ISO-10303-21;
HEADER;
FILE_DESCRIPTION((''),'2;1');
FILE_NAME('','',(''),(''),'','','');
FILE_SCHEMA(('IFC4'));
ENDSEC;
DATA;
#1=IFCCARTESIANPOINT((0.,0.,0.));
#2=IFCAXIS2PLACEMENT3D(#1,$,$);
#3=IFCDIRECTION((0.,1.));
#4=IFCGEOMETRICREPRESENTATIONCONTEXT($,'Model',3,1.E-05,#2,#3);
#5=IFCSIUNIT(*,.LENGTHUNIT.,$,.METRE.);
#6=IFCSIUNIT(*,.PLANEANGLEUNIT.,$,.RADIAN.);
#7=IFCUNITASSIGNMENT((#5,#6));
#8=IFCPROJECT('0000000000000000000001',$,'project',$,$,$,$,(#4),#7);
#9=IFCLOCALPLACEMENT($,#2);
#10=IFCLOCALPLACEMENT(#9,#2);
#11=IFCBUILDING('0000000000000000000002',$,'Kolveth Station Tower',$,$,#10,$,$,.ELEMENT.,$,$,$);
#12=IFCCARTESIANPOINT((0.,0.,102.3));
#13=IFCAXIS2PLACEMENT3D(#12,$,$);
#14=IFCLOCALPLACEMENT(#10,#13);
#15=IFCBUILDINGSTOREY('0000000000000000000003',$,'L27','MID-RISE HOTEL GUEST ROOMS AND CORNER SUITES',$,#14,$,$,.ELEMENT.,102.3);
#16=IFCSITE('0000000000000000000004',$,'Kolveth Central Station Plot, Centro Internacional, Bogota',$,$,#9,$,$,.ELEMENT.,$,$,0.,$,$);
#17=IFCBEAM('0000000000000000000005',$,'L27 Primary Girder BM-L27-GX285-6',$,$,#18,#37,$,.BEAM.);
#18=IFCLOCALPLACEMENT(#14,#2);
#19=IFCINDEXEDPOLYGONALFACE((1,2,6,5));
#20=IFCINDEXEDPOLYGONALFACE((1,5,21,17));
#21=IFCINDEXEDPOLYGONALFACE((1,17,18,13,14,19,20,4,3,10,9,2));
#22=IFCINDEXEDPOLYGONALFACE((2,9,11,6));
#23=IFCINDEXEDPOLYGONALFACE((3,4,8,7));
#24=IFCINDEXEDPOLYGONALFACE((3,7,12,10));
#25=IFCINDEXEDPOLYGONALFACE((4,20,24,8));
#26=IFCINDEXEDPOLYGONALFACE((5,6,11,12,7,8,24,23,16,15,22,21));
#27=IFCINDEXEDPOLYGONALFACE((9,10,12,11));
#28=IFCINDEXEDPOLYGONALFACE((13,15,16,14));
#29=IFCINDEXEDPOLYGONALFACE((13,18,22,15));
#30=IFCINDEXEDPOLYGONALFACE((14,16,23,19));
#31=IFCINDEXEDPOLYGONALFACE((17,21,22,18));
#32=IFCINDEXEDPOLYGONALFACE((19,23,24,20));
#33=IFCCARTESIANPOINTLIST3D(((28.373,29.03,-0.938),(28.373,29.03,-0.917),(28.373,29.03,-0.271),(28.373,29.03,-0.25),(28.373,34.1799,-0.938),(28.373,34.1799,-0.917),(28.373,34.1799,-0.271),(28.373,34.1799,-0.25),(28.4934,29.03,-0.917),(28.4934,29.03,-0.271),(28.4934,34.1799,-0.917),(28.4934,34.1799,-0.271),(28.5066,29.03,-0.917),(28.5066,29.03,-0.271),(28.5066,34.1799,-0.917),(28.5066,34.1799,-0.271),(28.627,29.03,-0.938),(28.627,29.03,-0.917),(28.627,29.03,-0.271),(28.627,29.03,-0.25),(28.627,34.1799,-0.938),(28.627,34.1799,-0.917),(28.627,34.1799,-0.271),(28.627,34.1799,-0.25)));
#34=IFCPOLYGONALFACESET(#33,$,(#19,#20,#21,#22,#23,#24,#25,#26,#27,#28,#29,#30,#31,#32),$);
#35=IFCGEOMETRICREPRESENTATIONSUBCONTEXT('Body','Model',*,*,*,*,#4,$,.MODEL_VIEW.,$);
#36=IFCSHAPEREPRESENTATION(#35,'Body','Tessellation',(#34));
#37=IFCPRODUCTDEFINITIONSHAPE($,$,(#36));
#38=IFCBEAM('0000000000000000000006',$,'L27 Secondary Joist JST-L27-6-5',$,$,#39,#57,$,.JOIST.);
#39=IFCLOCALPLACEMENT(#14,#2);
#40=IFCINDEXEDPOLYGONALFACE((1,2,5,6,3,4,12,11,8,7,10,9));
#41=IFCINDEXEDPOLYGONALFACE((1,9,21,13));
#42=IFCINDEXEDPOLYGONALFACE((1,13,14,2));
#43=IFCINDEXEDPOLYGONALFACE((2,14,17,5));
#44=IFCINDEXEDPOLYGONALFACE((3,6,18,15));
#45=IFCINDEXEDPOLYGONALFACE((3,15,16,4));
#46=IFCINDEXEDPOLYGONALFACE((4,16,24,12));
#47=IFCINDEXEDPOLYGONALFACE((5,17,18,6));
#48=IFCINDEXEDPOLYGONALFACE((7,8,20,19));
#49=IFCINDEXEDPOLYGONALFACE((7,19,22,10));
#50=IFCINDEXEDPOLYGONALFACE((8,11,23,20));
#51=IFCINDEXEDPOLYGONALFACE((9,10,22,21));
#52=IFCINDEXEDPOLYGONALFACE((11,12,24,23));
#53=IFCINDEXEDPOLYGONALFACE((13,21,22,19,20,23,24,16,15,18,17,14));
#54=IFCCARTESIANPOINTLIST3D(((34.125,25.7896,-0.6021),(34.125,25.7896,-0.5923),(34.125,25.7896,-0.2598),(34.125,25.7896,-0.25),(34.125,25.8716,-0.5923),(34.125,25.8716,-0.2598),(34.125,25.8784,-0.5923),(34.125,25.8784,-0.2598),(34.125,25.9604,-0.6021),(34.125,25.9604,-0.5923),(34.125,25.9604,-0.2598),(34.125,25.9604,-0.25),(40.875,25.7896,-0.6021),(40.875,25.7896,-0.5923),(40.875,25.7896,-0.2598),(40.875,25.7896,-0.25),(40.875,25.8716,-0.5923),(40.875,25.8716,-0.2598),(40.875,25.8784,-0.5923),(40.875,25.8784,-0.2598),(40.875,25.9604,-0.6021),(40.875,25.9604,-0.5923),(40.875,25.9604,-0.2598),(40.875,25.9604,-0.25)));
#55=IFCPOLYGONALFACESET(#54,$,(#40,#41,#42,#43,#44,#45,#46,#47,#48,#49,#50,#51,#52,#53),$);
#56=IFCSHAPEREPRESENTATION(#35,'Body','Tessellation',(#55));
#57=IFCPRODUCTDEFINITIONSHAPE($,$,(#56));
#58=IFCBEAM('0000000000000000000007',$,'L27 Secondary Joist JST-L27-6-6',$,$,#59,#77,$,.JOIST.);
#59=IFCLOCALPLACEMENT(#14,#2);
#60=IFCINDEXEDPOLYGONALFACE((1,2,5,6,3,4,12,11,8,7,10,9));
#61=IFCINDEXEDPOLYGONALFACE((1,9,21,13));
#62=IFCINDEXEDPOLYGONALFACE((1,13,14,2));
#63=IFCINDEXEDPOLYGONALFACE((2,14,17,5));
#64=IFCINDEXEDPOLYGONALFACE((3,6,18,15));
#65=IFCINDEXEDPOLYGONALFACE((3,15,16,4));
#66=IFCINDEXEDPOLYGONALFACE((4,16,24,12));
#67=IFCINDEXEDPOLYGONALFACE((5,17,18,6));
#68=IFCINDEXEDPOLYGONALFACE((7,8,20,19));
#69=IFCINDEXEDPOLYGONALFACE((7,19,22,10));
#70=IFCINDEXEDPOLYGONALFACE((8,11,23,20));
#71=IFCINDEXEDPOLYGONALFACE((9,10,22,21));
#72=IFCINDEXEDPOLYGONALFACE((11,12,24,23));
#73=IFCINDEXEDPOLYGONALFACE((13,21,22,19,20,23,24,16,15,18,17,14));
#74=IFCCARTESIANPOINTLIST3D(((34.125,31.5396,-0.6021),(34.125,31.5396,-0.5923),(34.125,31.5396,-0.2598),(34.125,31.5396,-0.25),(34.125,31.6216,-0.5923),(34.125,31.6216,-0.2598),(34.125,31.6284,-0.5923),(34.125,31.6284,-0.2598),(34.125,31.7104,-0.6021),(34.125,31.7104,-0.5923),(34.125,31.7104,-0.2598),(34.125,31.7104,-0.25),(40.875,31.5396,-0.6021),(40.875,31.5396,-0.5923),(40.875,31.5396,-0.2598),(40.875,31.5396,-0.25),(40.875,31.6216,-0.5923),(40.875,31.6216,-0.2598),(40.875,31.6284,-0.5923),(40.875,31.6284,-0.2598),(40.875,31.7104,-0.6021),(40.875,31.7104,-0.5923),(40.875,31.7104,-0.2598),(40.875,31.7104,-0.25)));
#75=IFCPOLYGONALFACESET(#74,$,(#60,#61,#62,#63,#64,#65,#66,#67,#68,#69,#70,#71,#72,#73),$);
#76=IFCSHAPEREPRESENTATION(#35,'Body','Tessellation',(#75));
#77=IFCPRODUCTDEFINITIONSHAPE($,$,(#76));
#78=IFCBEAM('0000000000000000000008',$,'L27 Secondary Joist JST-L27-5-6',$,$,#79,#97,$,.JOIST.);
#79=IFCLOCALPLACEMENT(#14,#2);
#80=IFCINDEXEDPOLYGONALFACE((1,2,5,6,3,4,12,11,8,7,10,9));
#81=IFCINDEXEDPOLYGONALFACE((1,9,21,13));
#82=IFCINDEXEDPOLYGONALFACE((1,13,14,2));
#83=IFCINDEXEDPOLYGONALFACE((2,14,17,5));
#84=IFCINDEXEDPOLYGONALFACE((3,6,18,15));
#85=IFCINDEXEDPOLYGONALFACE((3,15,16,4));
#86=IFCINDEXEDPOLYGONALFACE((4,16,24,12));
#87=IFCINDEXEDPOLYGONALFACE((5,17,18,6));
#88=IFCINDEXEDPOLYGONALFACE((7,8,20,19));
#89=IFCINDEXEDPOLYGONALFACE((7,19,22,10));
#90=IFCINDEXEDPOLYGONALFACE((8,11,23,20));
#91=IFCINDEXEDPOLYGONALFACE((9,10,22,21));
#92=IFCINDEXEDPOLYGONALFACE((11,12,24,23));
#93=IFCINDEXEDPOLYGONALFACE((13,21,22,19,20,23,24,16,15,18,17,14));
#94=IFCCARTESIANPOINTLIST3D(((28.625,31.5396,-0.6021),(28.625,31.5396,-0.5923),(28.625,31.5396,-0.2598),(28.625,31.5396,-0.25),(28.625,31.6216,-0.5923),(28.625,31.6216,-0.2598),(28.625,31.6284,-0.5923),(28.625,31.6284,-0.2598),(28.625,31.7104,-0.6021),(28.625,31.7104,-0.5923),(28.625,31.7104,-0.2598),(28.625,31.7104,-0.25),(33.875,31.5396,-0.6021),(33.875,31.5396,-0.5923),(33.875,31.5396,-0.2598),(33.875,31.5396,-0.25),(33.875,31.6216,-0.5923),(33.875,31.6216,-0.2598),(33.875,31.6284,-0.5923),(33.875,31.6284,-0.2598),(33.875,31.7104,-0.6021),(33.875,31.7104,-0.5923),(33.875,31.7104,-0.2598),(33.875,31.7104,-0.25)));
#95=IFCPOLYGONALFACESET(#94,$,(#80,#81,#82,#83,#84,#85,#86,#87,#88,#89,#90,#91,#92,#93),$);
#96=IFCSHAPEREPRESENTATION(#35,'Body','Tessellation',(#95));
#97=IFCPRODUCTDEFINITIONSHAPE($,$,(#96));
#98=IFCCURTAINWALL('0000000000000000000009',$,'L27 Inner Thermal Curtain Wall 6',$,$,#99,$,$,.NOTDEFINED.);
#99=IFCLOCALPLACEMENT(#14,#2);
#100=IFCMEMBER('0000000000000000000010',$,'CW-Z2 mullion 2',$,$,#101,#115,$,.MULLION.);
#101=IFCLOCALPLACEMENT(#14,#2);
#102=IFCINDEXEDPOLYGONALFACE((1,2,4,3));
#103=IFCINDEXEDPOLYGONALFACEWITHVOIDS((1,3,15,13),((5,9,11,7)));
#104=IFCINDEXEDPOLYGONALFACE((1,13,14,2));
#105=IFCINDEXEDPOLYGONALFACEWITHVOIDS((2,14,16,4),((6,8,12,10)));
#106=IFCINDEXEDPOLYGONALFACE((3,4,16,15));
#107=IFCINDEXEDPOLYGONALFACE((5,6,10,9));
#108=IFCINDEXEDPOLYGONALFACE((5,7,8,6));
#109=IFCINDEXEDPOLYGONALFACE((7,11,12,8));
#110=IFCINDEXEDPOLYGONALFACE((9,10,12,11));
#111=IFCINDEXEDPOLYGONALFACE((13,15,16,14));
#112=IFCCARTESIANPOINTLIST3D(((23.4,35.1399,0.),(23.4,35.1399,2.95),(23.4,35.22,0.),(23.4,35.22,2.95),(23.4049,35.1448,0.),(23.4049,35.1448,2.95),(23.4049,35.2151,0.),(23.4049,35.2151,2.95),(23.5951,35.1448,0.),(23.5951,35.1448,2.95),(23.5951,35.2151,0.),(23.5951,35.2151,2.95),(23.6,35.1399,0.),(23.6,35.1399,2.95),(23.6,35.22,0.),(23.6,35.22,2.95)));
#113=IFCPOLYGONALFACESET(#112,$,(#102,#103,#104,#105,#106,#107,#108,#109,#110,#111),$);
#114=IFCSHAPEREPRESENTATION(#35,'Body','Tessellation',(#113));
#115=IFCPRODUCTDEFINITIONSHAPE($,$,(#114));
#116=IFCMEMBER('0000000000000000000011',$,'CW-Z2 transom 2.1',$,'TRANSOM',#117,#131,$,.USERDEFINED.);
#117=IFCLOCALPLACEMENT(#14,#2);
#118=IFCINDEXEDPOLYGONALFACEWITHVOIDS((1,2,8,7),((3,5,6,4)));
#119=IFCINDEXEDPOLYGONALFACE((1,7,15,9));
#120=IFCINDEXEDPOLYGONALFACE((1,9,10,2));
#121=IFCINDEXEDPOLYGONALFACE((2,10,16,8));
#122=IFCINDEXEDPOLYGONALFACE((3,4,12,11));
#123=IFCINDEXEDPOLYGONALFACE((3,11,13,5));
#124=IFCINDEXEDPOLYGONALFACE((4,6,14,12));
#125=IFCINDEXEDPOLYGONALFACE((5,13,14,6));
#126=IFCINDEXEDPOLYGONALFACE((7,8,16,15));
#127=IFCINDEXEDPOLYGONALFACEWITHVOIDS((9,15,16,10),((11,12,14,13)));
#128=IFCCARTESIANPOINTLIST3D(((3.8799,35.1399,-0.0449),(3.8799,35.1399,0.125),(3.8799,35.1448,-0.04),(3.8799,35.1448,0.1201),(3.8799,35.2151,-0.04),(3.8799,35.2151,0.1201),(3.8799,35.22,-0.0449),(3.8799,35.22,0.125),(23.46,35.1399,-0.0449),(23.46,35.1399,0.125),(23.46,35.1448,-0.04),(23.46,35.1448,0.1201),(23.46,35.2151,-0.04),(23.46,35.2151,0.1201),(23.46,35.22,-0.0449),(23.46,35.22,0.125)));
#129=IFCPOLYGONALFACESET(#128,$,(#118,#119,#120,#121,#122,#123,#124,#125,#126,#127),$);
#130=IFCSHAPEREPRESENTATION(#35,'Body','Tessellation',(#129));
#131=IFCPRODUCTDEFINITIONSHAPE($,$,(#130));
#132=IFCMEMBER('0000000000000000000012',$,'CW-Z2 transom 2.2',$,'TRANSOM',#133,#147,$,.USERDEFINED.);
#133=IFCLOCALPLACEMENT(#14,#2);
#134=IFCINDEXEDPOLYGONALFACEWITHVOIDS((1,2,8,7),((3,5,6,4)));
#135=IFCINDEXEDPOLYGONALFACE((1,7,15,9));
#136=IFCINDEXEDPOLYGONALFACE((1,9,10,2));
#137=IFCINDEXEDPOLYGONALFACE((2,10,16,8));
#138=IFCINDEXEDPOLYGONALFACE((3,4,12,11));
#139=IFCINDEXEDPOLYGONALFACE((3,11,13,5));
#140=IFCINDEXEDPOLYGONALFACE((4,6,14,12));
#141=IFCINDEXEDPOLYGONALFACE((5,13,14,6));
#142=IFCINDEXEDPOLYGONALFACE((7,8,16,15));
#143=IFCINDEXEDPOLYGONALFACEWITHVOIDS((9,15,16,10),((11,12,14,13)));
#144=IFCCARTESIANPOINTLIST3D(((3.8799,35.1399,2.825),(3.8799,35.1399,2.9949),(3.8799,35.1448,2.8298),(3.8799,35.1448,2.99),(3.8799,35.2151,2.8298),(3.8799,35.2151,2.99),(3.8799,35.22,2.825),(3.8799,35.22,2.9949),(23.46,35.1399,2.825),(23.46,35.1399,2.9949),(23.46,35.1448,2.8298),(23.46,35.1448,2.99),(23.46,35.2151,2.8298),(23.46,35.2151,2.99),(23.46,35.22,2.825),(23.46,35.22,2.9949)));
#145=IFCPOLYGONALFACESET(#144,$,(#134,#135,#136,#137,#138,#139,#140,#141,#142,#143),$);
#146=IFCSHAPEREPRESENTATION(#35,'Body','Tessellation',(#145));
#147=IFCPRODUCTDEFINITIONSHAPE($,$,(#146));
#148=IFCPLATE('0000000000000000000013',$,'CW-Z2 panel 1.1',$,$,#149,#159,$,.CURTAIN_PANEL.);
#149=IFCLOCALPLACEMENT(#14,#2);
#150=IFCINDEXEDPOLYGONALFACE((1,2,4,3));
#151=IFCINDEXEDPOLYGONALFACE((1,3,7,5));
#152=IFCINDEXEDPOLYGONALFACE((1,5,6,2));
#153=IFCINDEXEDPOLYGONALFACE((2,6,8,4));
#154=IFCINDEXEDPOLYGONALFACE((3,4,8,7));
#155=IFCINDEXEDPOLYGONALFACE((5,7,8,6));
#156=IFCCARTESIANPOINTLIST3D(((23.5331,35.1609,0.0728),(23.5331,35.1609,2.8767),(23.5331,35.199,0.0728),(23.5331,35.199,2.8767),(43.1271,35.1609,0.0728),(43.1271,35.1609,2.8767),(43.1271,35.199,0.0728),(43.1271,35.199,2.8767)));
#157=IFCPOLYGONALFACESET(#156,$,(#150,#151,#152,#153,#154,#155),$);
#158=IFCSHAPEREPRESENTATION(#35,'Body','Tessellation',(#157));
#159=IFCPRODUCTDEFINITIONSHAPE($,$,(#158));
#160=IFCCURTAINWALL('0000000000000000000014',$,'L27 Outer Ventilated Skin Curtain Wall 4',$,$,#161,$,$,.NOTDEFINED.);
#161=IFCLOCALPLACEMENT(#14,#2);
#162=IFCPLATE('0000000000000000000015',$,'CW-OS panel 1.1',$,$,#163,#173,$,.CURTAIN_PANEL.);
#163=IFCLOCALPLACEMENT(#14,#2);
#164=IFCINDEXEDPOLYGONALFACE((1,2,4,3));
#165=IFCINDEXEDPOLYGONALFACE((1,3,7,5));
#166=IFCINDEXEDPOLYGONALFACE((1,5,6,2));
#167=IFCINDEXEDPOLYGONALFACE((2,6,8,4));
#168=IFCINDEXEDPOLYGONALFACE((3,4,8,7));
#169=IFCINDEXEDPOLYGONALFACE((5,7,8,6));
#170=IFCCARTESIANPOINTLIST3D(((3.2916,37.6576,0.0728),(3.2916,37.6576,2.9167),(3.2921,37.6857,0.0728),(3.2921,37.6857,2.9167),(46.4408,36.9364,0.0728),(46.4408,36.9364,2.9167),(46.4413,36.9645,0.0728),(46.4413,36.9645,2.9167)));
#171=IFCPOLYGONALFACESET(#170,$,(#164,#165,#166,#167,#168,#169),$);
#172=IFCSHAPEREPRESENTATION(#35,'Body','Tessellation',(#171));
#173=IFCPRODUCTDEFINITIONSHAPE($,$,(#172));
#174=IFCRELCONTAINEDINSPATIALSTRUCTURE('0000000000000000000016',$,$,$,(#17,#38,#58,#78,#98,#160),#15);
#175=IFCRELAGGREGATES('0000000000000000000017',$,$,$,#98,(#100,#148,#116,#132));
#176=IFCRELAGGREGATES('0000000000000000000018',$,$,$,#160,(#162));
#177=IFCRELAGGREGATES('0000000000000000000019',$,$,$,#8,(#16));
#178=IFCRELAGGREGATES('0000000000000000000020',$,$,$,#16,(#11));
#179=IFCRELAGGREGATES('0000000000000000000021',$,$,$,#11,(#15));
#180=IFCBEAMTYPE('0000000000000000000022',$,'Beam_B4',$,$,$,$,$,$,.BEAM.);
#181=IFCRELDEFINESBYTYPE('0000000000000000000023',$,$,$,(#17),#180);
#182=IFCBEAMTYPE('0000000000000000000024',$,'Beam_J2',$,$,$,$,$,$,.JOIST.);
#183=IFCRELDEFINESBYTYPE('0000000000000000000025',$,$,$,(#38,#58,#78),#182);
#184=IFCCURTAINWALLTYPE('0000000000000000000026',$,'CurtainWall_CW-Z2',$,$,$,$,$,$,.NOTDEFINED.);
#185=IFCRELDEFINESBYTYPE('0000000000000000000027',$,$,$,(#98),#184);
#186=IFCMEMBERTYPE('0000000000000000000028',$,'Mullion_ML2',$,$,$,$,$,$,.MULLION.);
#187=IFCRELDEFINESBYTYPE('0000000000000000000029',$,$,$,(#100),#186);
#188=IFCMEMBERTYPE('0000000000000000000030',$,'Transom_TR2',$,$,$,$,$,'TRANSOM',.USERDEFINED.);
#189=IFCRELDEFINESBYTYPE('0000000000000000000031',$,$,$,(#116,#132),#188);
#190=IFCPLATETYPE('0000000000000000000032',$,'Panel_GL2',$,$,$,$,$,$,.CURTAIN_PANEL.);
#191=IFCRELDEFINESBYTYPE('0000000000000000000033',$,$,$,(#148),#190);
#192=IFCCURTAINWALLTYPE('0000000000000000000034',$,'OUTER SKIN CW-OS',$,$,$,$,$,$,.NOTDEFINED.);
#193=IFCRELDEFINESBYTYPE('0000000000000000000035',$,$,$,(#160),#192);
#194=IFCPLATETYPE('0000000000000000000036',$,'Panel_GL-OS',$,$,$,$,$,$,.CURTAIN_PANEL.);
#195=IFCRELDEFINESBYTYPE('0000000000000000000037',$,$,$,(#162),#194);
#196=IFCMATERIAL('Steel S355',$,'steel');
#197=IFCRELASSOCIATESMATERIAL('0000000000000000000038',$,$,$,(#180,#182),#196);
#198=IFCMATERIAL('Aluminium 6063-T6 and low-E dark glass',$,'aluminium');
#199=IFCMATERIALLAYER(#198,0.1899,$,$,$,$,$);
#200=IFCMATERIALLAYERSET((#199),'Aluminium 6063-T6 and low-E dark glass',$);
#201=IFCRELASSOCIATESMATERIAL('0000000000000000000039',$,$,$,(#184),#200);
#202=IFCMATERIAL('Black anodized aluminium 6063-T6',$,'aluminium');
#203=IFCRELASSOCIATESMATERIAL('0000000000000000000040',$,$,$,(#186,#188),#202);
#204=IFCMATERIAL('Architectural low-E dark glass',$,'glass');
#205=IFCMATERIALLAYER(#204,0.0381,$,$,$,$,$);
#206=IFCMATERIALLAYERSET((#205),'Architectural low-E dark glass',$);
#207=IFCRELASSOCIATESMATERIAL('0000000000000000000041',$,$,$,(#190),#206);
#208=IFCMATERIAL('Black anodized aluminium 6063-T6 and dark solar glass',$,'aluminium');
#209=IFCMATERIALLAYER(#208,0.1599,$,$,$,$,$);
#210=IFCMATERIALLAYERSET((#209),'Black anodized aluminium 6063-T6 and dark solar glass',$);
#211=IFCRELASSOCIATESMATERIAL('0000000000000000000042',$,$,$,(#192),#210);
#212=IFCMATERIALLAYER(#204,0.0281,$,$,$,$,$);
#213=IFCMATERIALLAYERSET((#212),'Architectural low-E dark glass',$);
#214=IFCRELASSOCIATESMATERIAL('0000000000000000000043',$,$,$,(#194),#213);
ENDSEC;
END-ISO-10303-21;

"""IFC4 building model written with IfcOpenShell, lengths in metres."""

from ifc_helpers import new_model, si_unit, direction, frame, origin, origin_2d, place, context, subcontext, project, spatial, rectangle, hollow_rectangle, i_section, extrude, source, transform, mapped, material, layer, layer_set, material_profile, profile_set, type_object, element, aggregate, save


model = new_model("IFC4")

# Units and contexts
model_context = context("Model", 3, precision=1e-05, world=origin(), true_north=direction((0.0, 1.0)))
body_context = subcontext(model_context, "Body", "Model", "MODEL_VIEW")
ifc_project = project(units=[si_unit("LENGTHUNIT", "METRE"), si_unit("PLANEANGLEUNIT", "RADIAN")], contexts=[model_context])

# Site, building, storey
site_placement = place(None, origin())
site = spatial("IfcSite", under=ifc_project, at=site_placement, Name="Kolveth Central Station Plot, Centro Internacional, Bogota", CompositionType="ELEMENT", RefElevation=0.0)
building_placement = place(site_placement, origin())
building = spatial("IfcBuilding", under=site, at=building_placement, Name="Kolveth Station Tower", CompositionType="ELEMENT")
storey_placement = place(building_placement, frame((0.0, 0.0, 102.3)))
storey = spatial("IfcBuildingStorey", under=building, at=storey_placement, Name="L27", Description="MID-RISE HOTEL GUEST ROOMS AND CORNER SUITES", CompositionType="ELEMENT", Elevation=102.3)

# Shared definitions
ifc_material_1 = material(Name="Steel S355", Category="steel")

# Beams
ifc_material_profile_1 = material_profile(ifc_material_1, i_section(OverallWidth=0.2539, OverallDepth=0.688, WebThickness=0.0132, FlangeThickness=0.021, at=origin_2d()), Name="W690x152")
ifc_profile_set_1 = profile_set([ifc_material_profile_1], Name="Steel S355")
beam_type_1 = type_object("IfcBeamType", Name="Beam_B4", PredefinedType="BEAM", material=ifc_profile_set_1)
shared_shape_1 = source(origin(), body_context, "Body", "SweptSolid", [
    extrude(i_section(OverallWidth=0.2539, OverallDepth=0.688, WebThickness=0.0132, FlangeThickness=0.021, at=origin_2d()), origin(), (0.0, 0.0, 1.0), 5.1499),
])
beam_1_placement = place(storey_placement, frame((28.5, 29.03, -0.594), z_axis=(0.0, 1.0, 0.0), x_axis=(-1.0, 0.0, 0.0)))
element("IfcBeam", 1, at=beam_1_placement, inside=storey, type_object=beam_type_1, Name="L27 Primary Girder BM-L27-GX285-6", PredefinedType="BEAM", context=body_context, shape_type="MappedRepresentation", body=[
    mapped(shared_shape_1, transform((0.0, 0.0, 0.0), x_axis=(1.0, 0.0, 0.0), y_axis=(0.0, 1.0, 0.0), z_axis=(0.0, 0.0, 1.0), scale=1.0)),
])
ifc_material_profile_2 = material_profile(ifc_material_1, i_section(OverallWidth=0.1709, OverallDepth=0.3521, WebThickness=0.0068, FlangeThickness=0.0098, at=origin_2d()), Name="W360x44")
ifc_profile_set_2 = profile_set([ifc_material_profile_2], Name="Steel S355")
beam_type_2 = type_object("IfcBeamType", Name="Beam_J2", PredefinedType="JOIST", material=ifc_profile_set_2)
shared_shape_2 = source(origin(), body_context, "Body", "SweptSolid", [
    extrude(i_section(OverallWidth=0.1709, OverallDepth=0.3521, WebThickness=0.0068, FlangeThickness=0.0098, at=origin_2d()), origin(), (0.0, 0.0, 1.0), 6.75),
])
for number, where, z_axis, x_axis, name in (
    (2, (34.125, 25.875, -0.426), (1.0, 0.0, 0.0), (0.0, 1.0, 0.0), "L27 Secondary Joist JST-L27-6-5"),
    (3, (34.125, 31.625, -0.426), (1.0, 0.0, 0.0), (0.0, 1.0, 0.0), "L27 Secondary Joist JST-L27-6-6"),
):
    element("IfcBeam", number, at=place(storey_placement, frame(where, z_axis=z_axis, x_axis=x_axis)), inside=storey, type_object=beam_type_2, Name=name, PredefinedType="JOIST", context=body_context, shape_type="MappedRepresentation", body=[
        mapped(shared_shape_2, transform((0.0, 0.0, 0.0), x_axis=(1.0, 0.0, 0.0), y_axis=(0.0, 1.0, 0.0), z_axis=(0.0, 0.0, 1.0), scale=1.0)),
    ])
shared_shape_3 = source(origin(), body_context, "Body", "SweptSolid", [
    extrude(i_section(OverallWidth=0.1709, OverallDepth=0.3521, WebThickness=0.0068, FlangeThickness=0.0098, at=origin_2d()), origin(), (0.0, 0.0, 1.0), 5.25),
])
beam_2_placement = place(storey_placement, frame((28.625, 31.625, -0.426), z_axis=(1.0, 0.0, 0.0), x_axis=(0.0, 1.0, 0.0)))
element("IfcBeam", 4, at=beam_2_placement, inside=storey, type_object=beam_type_2, Name="L27 Secondary Joist JST-L27-5-6", PredefinedType="JOIST", context=body_context, shape_type="MappedRepresentation", body=[
    mapped(shared_shape_3, transform((0.0, 0.0, 0.0), x_axis=(1.0, 0.0, 0.0), y_axis=(0.0, 1.0, 0.0), z_axis=(0.0, 0.0, 1.0), scale=1.0)),
])

# Curtain wall, members, plate
ifc_material_2 = material(Name="Aluminium 6063-T6 and low-E dark glass", Category="aluminium")
ifc_layer_1 = layer(ifc_material_2, 0.1899)
ifc_layer_set_1 = layer_set([ifc_layer_1], Name="Aluminium 6063-T6 and low-E dark glass")
curtain_wall_type_1 = type_object("IfcCurtainWallType", Name="CurtainWall_CW-Z2", PredefinedType="NOTDEFINED", material=ifc_layer_set_1)
curtain_wall_1_placement = place(storey_placement, origin())
curtain_wall_1 = element("IfcCurtainWall", 5, at=curtain_wall_1_placement, inside=storey, type_object=curtain_wall_type_1, Name="L27 Inner Thermal Curtain Wall 6", PredefinedType="NOTDEFINED")
ifc_material_3 = material(Name="Black anodized aluminium 6063-T6", Category="aluminium")
ifc_material_profile_3 = material_profile(ifc_material_3, hollow_rectangle(XDim=0.0801, YDim=0.2, WallThickness=0.0049, at=origin_2d()), Name="ALU-80x200x5")
ifc_profile_set_3 = profile_set([ifc_material_profile_3], Name="Black anodized aluminium 6063-T6")
member_type_1 = type_object("IfcMemberType", Name="Mullion_ML2", PredefinedType="MULLION", material=ifc_profile_set_3)
shared_shape_4 = source(origin(), body_context, "Body", "SweptSolid", [
    extrude(hollow_rectangle(XDim=0.0801, YDim=0.2, WallThickness=0.0049, at=origin_2d()), origin(), (0.0, 0.0, 1.0), 2.95),
])
member_1_placement = place(storey_placement, frame((23.5, 35.1799, 0.0), z_axis=(0.0, 0.0, 1.0), x_axis=(0.0, -1.0, 0.0)))
member_1 = element("IfcMember", 6, at=member_1_placement, type_object=member_type_1, Name="CW-Z2 mullion 2", PredefinedType="MULLION", context=body_context, shape_type="MappedRepresentation", body=[
    mapped(shared_shape_4, transform((0.0, 0.0, 0.0), x_axis=(1.0, 0.0, 0.0), y_axis=(0.0, 1.0, 0.0), z_axis=(0.0, 0.0, 1.0), scale=1.0)),
])
ifc_material_profile_4 = material_profile(ifc_material_3, hollow_rectangle(XDim=0.0801, YDim=0.1699, WallThickness=0.0049, at=origin_2d()), Name="ALU-80x170x5")
ifc_profile_set_4 = profile_set([ifc_material_profile_4], Name="Black anodized aluminium 6063-T6")
member_type_2 = type_object("IfcMemberType", Name="Transom_TR2", ElementType="TRANSOM", PredefinedType="USERDEFINED", material=ifc_profile_set_4)
shared_shape_5 = source(origin(), body_context, "Body", "SweptSolid", [
    extrude(hollow_rectangle(XDim=0.0801, YDim=0.1699, WallThickness=0.0049, at=origin_2d()), origin(), (0.0, 0.0, 1.0), 19.5801),
])
member_2_placement = place(storey_placement, frame((23.46, 35.1799, 0.04), z_axis=(-1.0, 0.0, 0.0), x_axis=(0.0, -1.0, 0.0)))
member_2 = element("IfcMember", 7, at=member_2_placement, type_object=member_type_2, Name="CW-Z2 transom 2.1", ObjectType="TRANSOM", PredefinedType="USERDEFINED", context=body_context, shape_type="MappedRepresentation", body=[
    mapped(shared_shape_5, transform((0.0, 0.0, 0.0), x_axis=(1.0, 0.0, 0.0), y_axis=(0.0, 1.0, 0.0), z_axis=(0.0, 0.0, 1.0), scale=1.0)),
])
member_3_placement = place(storey_placement, frame((23.46, 35.1799, 2.9099), z_axis=(-1.0, 0.0, 0.0), x_axis=(0.0, -1.0, 0.0)))
member_3 = element("IfcMember", 8, at=member_3_placement, type_object=member_type_2, Name="CW-Z2 transom 2.2", ObjectType="TRANSOM", PredefinedType="USERDEFINED", context=body_context, shape_type="MappedRepresentation", body=[
    mapped(shared_shape_5, transform((0.0, 0.0, 0.0), x_axis=(1.0, 0.0, 0.0), y_axis=(0.0, 1.0, 0.0), z_axis=(0.0, 0.0, 1.0), scale=1.0)),
])
ifc_material_4 = material(Name="Architectural low-E dark glass", Category="glass")
ifc_layer_2 = layer(ifc_material_4, 0.0381)
ifc_layer_set_2 = layer_set([ifc_layer_2], Name="Architectural low-E dark glass")
plate_type_1 = type_object("IfcPlateType", Name="Panel_GL2", PredefinedType="CURTAIN_PANEL", material=ifc_layer_set_2)
shared_shape_6 = source(origin(), body_context, "Body", "SweptSolid", [
    extrude(rectangle(XDim=19.594, YDim=0.0381, at=origin_2d()), origin(), (0.0, 0.0, 1.0), 2.804),
])
plate_1_placement = place(storey_placement, frame((33.3301, 35.1799, 0.0728), z_axis=(0.0, 0.0, 1.0), x_axis=(-1.0, 0.0, 0.0)))
plate_1 = element("IfcPlate", 9, at=plate_1_placement, type_object=plate_type_1, Name="CW-Z2 panel 1.1", PredefinedType="CURTAIN_PANEL", context=body_context, shape_type="MappedRepresentation", body=[
    mapped(shared_shape_6, transform((0.0, 0.0, 0.0), x_axis=(1.0, 0.0, 0.0), y_axis=(0.0, 1.0, 0.0), z_axis=(0.0, 0.0, 1.0), scale=1.0)),
])
aggregate(curtain_wall_1, [member_1, plate_1, member_2, member_3])

# Curtain wall, plate
ifc_material_5 = material(Name="Black anodized aluminium 6063-T6 and dark solar glass", Category="aluminium")
ifc_layer_3 = layer(ifc_material_5, 0.1599)
ifc_layer_set_3 = layer_set([ifc_layer_3], Name="Black anodized aluminium 6063-T6 and dark solar glass")
curtain_wall_type_2 = type_object("IfcCurtainWallType", Name="OUTER SKIN CW-OS", PredefinedType="NOTDEFINED", material=ifc_layer_set_3)
curtain_wall_2_placement = place(storey_placement, origin())
curtain_wall_2 = element("IfcCurtainWall", 10, at=curtain_wall_2_placement, inside=storey, type_object=curtain_wall_type_2, Name="L27 Outer Ventilated Skin Curtain Wall 4", PredefinedType="NOTDEFINED")
ifc_layer_4 = layer(ifc_material_4, 0.0281)
ifc_layer_set_4 = layer_set([ifc_layer_4], Name="Architectural low-E dark glass")
plate_type_2 = type_object("IfcPlateType", Name="Panel_GL-OS", PredefinedType="CURTAIN_PANEL", material=ifc_layer_set_4)
shared_shape_7 = source(origin(), body_context, "Body", "SweptSolid", [
    extrude(rectangle(XDim=43.1553, YDim=0.0281, at=origin_2d()), origin(), (0.0, 0.0, 1.0), 2.844),
])
plate_2_placement = place(storey_placement, frame((24.8665, 37.311, 0.0728), z_axis=(0.0, 0.0, 1.0), x_axis=(-0.99986, 0.016712, 0.0)))
plate_2 = element("IfcPlate", 11, at=plate_2_placement, type_object=plate_type_2, Name="CW-OS panel 1.1", PredefinedType="CURTAIN_PANEL", context=body_context, shape_type="MappedRepresentation", body=[
    mapped(shared_shape_7, transform((0.0, 0.0, 0.0), x_axis=(1.0, 0.0, 0.0), y_axis=(0.0, 1.0, 0.0), z_axis=(0.0, 0.0, 1.0), scale=1.0)),
])
aggregate(curtain_wall_2, [plate_2])

save(model, "model.ifc")
